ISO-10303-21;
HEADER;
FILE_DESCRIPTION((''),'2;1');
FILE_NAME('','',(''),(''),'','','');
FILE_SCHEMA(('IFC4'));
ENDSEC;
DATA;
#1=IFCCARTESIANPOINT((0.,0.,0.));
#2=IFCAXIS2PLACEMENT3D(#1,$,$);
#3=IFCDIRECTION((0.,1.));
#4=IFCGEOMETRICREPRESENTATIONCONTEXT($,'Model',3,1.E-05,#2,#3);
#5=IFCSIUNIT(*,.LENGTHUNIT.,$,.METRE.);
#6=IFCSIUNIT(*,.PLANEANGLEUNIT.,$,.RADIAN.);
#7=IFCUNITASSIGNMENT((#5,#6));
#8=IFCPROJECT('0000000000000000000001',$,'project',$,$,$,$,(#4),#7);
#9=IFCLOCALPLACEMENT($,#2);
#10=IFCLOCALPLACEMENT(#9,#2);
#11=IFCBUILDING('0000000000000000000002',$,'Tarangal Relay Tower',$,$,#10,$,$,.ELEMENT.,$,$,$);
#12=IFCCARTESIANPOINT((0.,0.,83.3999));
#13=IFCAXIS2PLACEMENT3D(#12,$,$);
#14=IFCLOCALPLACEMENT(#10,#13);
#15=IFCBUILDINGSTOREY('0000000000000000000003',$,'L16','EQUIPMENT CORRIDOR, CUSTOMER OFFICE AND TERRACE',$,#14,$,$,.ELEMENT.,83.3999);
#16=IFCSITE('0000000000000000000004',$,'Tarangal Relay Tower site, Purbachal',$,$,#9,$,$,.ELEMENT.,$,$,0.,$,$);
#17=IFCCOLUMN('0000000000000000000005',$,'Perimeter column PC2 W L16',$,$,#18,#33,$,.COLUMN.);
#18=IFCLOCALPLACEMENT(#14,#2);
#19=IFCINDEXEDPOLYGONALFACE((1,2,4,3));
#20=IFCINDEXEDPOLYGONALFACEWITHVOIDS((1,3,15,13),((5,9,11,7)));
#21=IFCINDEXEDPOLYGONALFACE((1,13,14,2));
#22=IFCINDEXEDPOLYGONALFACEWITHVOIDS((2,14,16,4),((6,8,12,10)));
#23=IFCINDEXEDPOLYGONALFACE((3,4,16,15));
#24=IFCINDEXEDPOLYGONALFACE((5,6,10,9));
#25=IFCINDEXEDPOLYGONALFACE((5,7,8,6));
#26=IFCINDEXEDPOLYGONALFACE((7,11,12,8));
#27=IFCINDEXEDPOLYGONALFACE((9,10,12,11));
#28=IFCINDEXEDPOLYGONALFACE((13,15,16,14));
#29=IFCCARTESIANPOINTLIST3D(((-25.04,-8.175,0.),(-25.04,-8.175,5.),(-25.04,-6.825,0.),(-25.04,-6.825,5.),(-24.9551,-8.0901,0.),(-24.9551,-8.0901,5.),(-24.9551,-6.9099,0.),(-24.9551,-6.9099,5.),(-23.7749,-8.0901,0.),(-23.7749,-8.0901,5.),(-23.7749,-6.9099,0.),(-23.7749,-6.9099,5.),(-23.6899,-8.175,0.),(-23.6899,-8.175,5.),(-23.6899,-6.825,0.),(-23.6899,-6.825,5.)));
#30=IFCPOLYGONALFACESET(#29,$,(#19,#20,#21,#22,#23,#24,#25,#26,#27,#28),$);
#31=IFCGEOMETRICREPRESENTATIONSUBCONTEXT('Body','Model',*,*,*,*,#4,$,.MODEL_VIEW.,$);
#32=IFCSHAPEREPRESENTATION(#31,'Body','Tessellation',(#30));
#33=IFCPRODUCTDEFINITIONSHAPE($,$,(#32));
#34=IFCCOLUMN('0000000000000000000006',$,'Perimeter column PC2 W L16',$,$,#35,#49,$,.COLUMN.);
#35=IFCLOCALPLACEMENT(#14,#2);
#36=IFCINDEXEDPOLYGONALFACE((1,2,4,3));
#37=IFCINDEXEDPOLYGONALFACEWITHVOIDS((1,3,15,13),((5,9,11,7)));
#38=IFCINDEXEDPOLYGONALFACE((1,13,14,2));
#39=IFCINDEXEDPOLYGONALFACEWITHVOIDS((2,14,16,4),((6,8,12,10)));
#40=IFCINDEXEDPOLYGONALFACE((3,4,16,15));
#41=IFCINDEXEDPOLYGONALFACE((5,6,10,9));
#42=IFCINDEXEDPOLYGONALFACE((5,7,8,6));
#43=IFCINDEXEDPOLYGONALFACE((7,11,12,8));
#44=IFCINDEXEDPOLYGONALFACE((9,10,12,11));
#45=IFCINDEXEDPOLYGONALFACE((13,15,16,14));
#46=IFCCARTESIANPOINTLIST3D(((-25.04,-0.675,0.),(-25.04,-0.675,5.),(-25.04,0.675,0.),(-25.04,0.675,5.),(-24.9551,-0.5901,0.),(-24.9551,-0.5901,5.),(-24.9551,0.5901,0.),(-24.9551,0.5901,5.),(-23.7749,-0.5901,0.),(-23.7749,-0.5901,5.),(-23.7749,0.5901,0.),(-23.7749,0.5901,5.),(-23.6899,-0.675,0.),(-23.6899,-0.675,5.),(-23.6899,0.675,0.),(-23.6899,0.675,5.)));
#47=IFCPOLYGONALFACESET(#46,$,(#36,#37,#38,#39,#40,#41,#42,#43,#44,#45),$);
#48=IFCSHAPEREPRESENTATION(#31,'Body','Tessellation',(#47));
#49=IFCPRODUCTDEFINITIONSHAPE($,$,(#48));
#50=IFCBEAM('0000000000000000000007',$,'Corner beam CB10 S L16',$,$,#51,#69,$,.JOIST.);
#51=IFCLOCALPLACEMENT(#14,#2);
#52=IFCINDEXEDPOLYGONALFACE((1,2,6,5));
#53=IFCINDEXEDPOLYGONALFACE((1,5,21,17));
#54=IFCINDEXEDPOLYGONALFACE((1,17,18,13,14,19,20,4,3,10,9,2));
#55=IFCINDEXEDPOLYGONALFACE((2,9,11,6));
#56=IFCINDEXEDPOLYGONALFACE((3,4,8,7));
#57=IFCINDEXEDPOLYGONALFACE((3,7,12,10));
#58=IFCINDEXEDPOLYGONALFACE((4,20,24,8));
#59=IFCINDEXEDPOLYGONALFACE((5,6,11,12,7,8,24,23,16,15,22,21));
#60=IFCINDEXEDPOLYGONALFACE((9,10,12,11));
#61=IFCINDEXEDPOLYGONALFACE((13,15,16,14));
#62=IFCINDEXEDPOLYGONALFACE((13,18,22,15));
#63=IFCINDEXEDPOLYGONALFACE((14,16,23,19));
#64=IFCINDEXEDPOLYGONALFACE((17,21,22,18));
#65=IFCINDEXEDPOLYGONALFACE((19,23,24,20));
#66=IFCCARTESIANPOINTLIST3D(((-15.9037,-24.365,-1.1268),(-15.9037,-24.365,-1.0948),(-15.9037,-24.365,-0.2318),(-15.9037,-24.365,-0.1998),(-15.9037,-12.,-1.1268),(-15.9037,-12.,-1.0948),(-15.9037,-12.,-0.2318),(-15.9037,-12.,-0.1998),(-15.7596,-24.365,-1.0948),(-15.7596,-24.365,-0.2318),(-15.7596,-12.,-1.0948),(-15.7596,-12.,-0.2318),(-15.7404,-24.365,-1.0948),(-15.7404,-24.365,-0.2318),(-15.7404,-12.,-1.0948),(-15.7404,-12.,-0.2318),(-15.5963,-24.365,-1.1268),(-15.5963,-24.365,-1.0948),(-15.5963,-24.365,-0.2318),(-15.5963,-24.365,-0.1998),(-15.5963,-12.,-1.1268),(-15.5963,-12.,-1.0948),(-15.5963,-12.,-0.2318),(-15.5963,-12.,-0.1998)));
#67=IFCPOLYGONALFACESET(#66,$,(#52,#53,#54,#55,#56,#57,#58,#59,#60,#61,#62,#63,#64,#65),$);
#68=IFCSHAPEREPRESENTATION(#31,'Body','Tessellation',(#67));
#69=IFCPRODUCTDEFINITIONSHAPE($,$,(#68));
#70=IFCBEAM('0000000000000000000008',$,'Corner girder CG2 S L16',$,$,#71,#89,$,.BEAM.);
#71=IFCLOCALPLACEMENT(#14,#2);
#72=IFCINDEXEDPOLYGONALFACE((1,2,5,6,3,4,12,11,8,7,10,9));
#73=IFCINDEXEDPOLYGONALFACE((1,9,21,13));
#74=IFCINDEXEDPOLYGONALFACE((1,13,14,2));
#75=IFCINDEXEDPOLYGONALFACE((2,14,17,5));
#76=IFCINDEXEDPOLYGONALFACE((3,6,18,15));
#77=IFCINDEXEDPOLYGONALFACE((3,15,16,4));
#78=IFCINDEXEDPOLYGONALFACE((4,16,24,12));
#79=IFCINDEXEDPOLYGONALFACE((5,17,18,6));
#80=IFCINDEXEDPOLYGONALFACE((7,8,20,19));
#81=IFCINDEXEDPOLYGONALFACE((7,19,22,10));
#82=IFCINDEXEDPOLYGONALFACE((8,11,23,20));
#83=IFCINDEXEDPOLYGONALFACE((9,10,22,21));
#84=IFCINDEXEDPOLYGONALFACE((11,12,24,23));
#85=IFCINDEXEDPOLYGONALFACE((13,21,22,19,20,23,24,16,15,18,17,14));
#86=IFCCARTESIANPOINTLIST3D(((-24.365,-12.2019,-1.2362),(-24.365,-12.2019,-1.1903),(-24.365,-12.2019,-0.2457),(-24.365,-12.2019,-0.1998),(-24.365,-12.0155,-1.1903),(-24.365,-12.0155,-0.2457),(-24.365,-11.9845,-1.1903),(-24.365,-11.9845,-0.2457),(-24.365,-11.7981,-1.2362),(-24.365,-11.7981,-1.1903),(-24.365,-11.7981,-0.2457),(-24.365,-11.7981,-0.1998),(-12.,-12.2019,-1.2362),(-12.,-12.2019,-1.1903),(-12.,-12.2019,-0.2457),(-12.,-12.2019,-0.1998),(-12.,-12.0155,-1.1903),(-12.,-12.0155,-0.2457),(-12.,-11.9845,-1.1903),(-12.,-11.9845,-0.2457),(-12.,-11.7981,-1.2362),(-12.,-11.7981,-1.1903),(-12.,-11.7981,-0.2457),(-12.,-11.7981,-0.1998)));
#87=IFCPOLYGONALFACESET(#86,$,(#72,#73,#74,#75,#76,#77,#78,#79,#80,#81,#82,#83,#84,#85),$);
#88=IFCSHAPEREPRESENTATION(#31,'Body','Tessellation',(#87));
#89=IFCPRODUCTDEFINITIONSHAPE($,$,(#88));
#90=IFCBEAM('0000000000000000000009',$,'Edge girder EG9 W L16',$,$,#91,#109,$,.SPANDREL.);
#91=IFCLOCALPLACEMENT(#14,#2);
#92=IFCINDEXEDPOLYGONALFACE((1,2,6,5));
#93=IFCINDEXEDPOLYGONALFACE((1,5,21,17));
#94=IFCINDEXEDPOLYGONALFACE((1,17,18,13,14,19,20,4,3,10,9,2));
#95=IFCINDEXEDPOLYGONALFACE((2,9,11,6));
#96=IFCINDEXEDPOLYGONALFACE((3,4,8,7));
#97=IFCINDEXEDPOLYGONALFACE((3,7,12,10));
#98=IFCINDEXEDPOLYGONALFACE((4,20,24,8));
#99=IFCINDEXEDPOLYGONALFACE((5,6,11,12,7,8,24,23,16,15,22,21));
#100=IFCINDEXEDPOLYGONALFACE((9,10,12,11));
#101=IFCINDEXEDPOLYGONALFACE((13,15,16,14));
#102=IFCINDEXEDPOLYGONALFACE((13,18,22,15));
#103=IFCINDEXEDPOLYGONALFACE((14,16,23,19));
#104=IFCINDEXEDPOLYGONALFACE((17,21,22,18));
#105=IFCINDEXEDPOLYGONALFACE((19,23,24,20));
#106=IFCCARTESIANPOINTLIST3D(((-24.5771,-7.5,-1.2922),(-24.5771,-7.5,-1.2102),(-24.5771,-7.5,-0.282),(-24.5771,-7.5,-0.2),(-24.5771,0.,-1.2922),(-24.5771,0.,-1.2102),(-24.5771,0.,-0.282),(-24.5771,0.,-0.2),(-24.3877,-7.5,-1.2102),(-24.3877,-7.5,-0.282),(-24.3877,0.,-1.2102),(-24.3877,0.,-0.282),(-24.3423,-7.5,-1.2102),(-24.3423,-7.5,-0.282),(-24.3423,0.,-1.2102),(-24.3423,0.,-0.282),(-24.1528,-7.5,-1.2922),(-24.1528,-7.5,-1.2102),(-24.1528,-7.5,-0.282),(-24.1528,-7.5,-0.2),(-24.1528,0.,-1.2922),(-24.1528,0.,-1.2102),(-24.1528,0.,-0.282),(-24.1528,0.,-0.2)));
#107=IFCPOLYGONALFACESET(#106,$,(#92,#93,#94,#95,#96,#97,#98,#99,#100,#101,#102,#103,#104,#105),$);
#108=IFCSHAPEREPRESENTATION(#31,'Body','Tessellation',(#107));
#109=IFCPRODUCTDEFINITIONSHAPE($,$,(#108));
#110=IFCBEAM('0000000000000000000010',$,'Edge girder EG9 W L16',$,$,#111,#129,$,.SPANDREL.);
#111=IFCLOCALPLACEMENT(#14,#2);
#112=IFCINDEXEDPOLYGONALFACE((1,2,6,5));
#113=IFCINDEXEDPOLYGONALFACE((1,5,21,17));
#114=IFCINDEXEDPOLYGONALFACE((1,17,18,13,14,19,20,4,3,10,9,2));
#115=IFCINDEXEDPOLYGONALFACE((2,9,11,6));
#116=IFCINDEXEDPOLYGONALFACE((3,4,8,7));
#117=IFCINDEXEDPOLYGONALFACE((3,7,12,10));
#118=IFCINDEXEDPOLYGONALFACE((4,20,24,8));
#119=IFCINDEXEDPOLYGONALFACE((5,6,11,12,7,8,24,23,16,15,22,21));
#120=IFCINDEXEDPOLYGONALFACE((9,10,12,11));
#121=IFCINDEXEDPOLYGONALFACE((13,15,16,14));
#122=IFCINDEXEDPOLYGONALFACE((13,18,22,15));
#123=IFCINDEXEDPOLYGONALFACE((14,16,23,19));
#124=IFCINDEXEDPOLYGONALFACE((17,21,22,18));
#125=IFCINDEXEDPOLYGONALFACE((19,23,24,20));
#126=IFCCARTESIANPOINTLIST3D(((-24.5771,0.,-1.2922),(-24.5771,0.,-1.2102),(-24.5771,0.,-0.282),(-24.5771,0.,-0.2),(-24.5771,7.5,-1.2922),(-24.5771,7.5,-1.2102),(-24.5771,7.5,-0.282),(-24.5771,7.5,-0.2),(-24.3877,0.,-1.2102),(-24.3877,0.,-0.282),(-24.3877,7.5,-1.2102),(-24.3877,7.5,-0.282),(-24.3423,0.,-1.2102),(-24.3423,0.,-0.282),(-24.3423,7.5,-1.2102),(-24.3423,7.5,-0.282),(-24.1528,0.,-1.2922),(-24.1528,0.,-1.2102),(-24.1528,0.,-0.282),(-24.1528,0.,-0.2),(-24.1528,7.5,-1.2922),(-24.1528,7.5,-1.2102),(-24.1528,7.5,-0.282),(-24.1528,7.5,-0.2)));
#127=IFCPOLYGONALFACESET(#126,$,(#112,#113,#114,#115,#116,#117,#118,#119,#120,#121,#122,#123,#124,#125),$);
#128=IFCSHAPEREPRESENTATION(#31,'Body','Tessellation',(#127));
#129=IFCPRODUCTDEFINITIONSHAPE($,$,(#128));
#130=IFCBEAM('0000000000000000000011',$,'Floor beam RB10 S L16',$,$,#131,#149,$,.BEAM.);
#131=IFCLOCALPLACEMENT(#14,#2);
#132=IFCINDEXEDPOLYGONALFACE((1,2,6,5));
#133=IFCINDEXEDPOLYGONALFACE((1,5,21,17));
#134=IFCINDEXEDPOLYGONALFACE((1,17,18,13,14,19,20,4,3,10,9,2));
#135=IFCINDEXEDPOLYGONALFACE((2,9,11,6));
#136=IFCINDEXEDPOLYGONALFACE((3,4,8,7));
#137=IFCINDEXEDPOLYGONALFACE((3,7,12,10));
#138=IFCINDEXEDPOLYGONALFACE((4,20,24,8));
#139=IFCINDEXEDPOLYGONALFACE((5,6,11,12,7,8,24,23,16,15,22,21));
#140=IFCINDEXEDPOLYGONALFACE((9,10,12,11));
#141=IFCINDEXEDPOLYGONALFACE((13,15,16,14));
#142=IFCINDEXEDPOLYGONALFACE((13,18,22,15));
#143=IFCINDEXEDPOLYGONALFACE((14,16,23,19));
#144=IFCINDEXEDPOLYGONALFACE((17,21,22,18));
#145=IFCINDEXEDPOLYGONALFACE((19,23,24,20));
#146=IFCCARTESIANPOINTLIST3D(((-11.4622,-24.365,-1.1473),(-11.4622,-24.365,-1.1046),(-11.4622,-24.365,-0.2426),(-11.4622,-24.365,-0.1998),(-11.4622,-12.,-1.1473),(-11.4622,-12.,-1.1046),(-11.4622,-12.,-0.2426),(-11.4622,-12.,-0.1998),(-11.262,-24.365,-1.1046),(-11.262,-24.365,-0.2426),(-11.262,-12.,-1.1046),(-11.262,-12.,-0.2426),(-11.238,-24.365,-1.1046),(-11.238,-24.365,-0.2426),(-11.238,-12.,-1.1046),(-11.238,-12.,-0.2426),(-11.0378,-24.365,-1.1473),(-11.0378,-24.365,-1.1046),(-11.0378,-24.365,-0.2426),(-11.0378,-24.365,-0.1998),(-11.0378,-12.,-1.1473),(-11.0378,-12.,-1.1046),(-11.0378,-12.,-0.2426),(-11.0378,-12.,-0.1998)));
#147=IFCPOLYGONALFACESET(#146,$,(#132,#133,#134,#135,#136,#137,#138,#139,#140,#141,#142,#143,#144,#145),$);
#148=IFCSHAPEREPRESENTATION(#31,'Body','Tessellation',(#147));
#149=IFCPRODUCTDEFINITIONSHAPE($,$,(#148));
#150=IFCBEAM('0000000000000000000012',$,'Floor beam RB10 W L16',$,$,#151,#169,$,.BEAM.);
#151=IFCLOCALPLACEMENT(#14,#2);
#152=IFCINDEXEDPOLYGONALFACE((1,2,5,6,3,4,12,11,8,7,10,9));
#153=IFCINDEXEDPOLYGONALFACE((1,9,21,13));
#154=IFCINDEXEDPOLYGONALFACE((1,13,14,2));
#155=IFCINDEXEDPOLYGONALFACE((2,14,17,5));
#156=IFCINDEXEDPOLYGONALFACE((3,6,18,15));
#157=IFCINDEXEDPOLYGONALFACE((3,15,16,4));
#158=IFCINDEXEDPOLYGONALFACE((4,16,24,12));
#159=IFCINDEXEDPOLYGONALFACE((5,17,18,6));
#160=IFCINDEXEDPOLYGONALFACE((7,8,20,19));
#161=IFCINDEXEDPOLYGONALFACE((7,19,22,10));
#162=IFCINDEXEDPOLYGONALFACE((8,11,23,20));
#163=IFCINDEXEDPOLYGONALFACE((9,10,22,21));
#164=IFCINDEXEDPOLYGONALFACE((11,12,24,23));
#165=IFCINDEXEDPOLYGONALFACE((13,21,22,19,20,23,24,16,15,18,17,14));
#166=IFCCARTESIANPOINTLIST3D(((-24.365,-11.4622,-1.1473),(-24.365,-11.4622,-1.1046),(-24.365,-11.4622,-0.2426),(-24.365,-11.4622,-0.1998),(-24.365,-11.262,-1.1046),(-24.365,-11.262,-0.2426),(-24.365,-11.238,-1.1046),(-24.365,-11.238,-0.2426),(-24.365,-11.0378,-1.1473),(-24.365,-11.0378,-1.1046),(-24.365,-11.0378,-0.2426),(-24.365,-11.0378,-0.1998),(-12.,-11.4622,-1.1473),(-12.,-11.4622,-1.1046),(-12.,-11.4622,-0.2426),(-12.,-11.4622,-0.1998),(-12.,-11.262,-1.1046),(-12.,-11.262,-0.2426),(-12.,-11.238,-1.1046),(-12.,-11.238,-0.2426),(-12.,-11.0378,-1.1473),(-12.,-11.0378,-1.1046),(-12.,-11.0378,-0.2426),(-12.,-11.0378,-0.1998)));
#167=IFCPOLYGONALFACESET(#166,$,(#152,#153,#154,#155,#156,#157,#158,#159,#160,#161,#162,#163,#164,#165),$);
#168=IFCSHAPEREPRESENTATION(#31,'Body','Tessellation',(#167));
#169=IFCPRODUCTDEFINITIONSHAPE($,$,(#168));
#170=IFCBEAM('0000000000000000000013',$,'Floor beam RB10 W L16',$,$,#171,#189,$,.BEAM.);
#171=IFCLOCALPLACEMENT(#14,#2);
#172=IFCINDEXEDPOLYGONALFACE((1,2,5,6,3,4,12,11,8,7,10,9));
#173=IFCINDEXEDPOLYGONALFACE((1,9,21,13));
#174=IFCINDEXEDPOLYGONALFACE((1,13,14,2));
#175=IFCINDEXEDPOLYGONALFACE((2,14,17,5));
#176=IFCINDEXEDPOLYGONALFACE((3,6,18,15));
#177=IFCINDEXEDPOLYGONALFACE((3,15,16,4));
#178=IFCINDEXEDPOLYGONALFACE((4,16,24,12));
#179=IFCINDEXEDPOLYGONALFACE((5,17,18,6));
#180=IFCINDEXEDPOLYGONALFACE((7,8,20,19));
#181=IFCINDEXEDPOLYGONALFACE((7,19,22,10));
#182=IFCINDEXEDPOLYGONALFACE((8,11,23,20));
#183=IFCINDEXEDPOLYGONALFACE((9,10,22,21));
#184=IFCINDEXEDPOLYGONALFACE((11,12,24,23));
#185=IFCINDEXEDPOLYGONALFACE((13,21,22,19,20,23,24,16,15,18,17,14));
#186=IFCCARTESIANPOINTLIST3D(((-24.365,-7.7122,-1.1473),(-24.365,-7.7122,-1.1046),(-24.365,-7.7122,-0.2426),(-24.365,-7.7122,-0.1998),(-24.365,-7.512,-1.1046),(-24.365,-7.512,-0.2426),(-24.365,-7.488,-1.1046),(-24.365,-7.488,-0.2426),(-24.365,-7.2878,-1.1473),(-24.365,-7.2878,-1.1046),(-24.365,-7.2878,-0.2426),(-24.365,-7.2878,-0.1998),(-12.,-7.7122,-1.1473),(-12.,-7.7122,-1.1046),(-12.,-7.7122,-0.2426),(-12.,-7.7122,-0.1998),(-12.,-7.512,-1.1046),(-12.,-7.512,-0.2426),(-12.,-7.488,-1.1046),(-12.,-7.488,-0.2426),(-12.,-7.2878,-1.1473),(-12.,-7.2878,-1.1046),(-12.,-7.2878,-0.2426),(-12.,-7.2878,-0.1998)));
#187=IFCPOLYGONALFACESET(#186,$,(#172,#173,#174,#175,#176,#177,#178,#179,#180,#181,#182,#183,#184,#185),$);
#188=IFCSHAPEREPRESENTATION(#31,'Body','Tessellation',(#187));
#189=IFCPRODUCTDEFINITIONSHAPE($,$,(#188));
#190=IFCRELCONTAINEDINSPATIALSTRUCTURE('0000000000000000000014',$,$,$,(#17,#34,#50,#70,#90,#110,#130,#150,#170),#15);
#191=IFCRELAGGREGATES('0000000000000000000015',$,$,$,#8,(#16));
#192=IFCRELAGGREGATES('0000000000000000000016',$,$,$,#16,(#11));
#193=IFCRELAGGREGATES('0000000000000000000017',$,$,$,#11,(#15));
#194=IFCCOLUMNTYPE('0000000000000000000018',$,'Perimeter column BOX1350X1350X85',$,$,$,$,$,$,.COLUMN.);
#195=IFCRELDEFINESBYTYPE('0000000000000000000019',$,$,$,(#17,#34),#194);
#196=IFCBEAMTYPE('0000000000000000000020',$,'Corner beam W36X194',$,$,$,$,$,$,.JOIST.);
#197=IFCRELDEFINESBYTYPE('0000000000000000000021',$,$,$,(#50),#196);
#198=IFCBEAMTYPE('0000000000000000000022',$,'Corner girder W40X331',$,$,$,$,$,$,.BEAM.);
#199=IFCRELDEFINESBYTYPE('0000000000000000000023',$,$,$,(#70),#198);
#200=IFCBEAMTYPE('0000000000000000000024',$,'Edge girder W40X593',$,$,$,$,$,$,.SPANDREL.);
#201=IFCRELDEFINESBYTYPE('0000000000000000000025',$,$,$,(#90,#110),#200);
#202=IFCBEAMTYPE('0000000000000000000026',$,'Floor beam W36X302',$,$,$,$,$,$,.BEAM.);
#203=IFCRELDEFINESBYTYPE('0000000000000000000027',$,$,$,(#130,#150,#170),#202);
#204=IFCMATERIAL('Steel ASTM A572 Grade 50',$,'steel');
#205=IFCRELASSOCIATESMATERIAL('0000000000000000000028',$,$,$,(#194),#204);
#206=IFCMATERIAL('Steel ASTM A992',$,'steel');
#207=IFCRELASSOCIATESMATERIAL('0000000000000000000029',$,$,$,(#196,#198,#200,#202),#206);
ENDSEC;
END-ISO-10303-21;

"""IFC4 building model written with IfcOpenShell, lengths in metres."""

from ifc_helpers import new_model, si_unit, direction, frame, origin, origin_2d, place, context, subcontext, project, spatial, hollow_rectangle, i_section, extrude, material, material_profile, profile_set, type_object, element, save


model = new_model("IFC4")

# Units and contexts
model_context = context("Model", 3, precision=1e-05, world=origin(), true_north=direction((0.0, 1.0)))
body_context = subcontext(model_context, "Body", "Model", "MODEL_VIEW")
ifc_project = project(units=[si_unit("LENGTHUNIT", "METRE"), si_unit("PLANEANGLEUNIT", "RADIAN")], contexts=[model_context])

# Site, building, storey
site_placement = place(None, origin())
site = spatial("IfcSite", under=ifc_project, at=site_placement, Name="Tarangal Relay Tower site, Purbachal", CompositionType="ELEMENT", RefElevation=0.0)
building_placement = place(site_placement, origin())
building = spatial("IfcBuilding", under=site, at=building_placement, Name="Tarangal Relay Tower", CompositionType="ELEMENT")
storey_placement = place(building_placement, frame((0.0, 0.0, 83.3999)))
storey = spatial("IfcBuildingStorey", under=building, at=storey_placement, Name="L16", Description="EQUIPMENT CORRIDOR, CUSTOMER OFFICE AND TERRACE", CompositionType="ELEMENT", Elevation=83.3999)

# Columns
ifc_material_1 = material(Name="Steel ASTM A572 Grade 50", Category="steel")
ifc_material_profile_1 = material_profile(ifc_material_1, hollow_rectangle(XDim=1.3501, YDim=1.3501, WallThickness=0.085, at=origin_2d()), Name="BOX1350X1350X85")
ifc_profile_set_1 = profile_set([ifc_material_profile_1], Name="Steel ASTM A572 Grade 50")
column_type = type_object("IfcColumnType", Name="Perimeter column BOX1350X1350X85", PredefinedType="COLUMN", material=ifc_profile_set_1)
for number, where, z_axis, x_axis, name in (
    (1, (-24.365, -7.5, 0.0), (0.0, 0.0, 1.0), (1.0, 0.0, 0.0), "Perimeter column PC2 W L16"),
    (2, (-24.365, 0.0, 0.0), (0.0, 0.0, 1.0), (1.0, 0.0, 0.0), "Perimeter column PC2 W L16"),
):
    element("IfcColumn", number, at=place(storey_placement, frame(where, z_axis=z_axis, x_axis=x_axis)), inside=storey, type_object=column_type, Name=name, PredefinedType="COLUMN", context=body_context, shape_type="SweptSolid", body=[
        extrude(hollow_rectangle(XDim=1.3501, YDim=1.3501, WallThickness=0.085, at=origin_2d()), origin(), (0.0, 0.0, 1.0), 5.0),
    ])

# Beams
ifc_material_2 = material(Name="Steel ASTM A992", Category="steel")
ifc_material_profile_2 = material_profile(ifc_material_2, i_section(OverallWidth=0.3074, OverallDepth=0.927, WebThickness=0.0193, FlangeThickness=0.032, at=origin_2d()), Name="W36X194")
ifc_profile_set_2 = profile_set([ifc_material_profile_2], Name="Steel ASTM A992")
beam_type_1 = type_object("IfcBeamType", Name="Corner beam W36X194", PredefinedType="JOIST", material=ifc_profile_set_2)
beam_1_placement = place(storey_placement, frame((-15.75, -12.0, -0.6633), z_axis=(0.0, -1.0, 0.0), x_axis=(1.0, 0.0, 0.0)))
element("IfcBeam", 3, at=beam_1_placement, inside=storey, type_object=beam_type_1, Name="Corner beam CB10 S L16", PredefinedType="JOIST", context=body_context, shape_type="SweptSolid", body=[
    extrude(i_section(OverallWidth=0.3074, OverallDepth=0.927, WebThickness=0.0193, FlangeThickness=0.032, at=origin_2d()), origin(), (0.0, 0.0, 1.0), 12.365),
])
ifc_material_profile_3 = material_profile(ifc_material_2, i_section(OverallWidth=0.4038, OverallDepth=1.0364, WebThickness=0.031, FlangeThickness=0.0459, at=origin_2d()), Name="W40X331")
ifc_profile_set_3 = profile_set([ifc_material_profile_3], Name="Steel ASTM A992")
beam_type_2 = type_object("IfcBeamType", Name="Corner girder W40X331", PredefinedType="BEAM", material=ifc_profile_set_3)
beam_2_placement = place(storey_placement, frame((-12.0, -12.0, -0.718), z_axis=(-1.0, 0.0, 0.0), x_axis=(0.0, -1.0, 0.0)))
element("IfcBeam", 4, at=beam_2_placement, inside=storey, type_object=beam_type_2, Name="Corner girder CG2 S L16", PredefinedType="BEAM", context=body_context, shape_type="SweptSolid", body=[
    extrude(i_section(OverallWidth=0.4038, OverallDepth=1.0364, WebThickness=0.031, FlangeThickness=0.0459, at=origin_2d()), origin(), (0.0, 0.0, 1.0), 12.365),
])
ifc_material_profile_4 = material_profile(ifc_material_2, i_section(OverallWidth=0.4243, OverallDepth=1.0923, WebThickness=0.0454, FlangeThickness=0.082, at=origin_2d()), Name="W40X593")
ifc_profile_set_4 = profile_set([ifc_material_profile_4], Name="Steel ASTM A992")
beam_type_3 = type_object("IfcBeamType", Name="Edge girder W40X593", PredefinedType="SPANDREL", material=ifc_profile_set_4)
for number, where, z_axis, x_axis, name in (
    (5, (-24.365, -7.5, -0.7461), (0.0, 1.0, 0.0), (-1.0, 0.0, 0.0), "Edge girder EG9 W L16"),
    (6, (-24.365, 0.0, -0.7461), (0.0, 1.0, 0.0), (-1.0, 0.0, 0.0), "Edge girder EG9 W L16"),
):
    element("IfcBeam", number, at=place(storey_placement, frame(where, z_axis=z_axis, x_axis=x_axis)), inside=storey, type_object=beam_type_3, Name=name, PredefinedType="SPANDREL", context=body_context, shape_type="SweptSolid", body=[
        extrude(i_section(OverallWidth=0.4243, OverallDepth=1.0923, WebThickness=0.0454, FlangeThickness=0.082, at=origin_2d()), origin(), (0.0, 0.0, 1.0), 7.5),
    ])
ifc_material_profile_5 = material_profile(ifc_material_2, i_section(OverallWidth=0.4243, OverallDepth=0.9475, WebThickness=0.0239, FlangeThickness=0.0427, at=origin_2d()), Name="W36X302")
ifc_profile_set_5 = profile_set([ifc_material_profile_5], Name="Steel ASTM A992")
beam_type_4 = type_object("IfcBeamType", Name="Floor beam W36X302", PredefinedType="BEAM", material=ifc_profile_set_5)
for number, where, z_axis, x_axis, name in (
    (7, (-11.25, -12.0, -0.6736), (0.0, -1.0, 0.0), (1.0, 0.0, 0.0), "Floor beam RB10 S L16"),
    (8, (-12.0, -11.25, -0.6736), (-1.0, 0.0, 0.0), (0.0, -1.0, 0.0), "Floor beam RB10 W L16"),
    (9, (-12.0, -7.5, -0.6736), (-1.0, 0.0, 0.0), (0.0, -1.0, 0.0), "Floor beam RB10 W L16"),
):
    element("IfcBeam", number, at=place(storey_placement, frame(where, z_axis=z_axis, x_axis=x_axis)), inside=storey, type_object=beam_type_4, Name=name, PredefinedType="BEAM", context=body_context, shape_type="SweptSolid", body=[
        extrude(i_section(OverallWidth=0.4243, OverallDepth=0.9475, WebThickness=0.0239, FlangeThickness=0.0427, at=origin_2d()), origin(), (0.0, 0.0, 1.0), 12.365),
    ])

save(model, "model.ifc")
